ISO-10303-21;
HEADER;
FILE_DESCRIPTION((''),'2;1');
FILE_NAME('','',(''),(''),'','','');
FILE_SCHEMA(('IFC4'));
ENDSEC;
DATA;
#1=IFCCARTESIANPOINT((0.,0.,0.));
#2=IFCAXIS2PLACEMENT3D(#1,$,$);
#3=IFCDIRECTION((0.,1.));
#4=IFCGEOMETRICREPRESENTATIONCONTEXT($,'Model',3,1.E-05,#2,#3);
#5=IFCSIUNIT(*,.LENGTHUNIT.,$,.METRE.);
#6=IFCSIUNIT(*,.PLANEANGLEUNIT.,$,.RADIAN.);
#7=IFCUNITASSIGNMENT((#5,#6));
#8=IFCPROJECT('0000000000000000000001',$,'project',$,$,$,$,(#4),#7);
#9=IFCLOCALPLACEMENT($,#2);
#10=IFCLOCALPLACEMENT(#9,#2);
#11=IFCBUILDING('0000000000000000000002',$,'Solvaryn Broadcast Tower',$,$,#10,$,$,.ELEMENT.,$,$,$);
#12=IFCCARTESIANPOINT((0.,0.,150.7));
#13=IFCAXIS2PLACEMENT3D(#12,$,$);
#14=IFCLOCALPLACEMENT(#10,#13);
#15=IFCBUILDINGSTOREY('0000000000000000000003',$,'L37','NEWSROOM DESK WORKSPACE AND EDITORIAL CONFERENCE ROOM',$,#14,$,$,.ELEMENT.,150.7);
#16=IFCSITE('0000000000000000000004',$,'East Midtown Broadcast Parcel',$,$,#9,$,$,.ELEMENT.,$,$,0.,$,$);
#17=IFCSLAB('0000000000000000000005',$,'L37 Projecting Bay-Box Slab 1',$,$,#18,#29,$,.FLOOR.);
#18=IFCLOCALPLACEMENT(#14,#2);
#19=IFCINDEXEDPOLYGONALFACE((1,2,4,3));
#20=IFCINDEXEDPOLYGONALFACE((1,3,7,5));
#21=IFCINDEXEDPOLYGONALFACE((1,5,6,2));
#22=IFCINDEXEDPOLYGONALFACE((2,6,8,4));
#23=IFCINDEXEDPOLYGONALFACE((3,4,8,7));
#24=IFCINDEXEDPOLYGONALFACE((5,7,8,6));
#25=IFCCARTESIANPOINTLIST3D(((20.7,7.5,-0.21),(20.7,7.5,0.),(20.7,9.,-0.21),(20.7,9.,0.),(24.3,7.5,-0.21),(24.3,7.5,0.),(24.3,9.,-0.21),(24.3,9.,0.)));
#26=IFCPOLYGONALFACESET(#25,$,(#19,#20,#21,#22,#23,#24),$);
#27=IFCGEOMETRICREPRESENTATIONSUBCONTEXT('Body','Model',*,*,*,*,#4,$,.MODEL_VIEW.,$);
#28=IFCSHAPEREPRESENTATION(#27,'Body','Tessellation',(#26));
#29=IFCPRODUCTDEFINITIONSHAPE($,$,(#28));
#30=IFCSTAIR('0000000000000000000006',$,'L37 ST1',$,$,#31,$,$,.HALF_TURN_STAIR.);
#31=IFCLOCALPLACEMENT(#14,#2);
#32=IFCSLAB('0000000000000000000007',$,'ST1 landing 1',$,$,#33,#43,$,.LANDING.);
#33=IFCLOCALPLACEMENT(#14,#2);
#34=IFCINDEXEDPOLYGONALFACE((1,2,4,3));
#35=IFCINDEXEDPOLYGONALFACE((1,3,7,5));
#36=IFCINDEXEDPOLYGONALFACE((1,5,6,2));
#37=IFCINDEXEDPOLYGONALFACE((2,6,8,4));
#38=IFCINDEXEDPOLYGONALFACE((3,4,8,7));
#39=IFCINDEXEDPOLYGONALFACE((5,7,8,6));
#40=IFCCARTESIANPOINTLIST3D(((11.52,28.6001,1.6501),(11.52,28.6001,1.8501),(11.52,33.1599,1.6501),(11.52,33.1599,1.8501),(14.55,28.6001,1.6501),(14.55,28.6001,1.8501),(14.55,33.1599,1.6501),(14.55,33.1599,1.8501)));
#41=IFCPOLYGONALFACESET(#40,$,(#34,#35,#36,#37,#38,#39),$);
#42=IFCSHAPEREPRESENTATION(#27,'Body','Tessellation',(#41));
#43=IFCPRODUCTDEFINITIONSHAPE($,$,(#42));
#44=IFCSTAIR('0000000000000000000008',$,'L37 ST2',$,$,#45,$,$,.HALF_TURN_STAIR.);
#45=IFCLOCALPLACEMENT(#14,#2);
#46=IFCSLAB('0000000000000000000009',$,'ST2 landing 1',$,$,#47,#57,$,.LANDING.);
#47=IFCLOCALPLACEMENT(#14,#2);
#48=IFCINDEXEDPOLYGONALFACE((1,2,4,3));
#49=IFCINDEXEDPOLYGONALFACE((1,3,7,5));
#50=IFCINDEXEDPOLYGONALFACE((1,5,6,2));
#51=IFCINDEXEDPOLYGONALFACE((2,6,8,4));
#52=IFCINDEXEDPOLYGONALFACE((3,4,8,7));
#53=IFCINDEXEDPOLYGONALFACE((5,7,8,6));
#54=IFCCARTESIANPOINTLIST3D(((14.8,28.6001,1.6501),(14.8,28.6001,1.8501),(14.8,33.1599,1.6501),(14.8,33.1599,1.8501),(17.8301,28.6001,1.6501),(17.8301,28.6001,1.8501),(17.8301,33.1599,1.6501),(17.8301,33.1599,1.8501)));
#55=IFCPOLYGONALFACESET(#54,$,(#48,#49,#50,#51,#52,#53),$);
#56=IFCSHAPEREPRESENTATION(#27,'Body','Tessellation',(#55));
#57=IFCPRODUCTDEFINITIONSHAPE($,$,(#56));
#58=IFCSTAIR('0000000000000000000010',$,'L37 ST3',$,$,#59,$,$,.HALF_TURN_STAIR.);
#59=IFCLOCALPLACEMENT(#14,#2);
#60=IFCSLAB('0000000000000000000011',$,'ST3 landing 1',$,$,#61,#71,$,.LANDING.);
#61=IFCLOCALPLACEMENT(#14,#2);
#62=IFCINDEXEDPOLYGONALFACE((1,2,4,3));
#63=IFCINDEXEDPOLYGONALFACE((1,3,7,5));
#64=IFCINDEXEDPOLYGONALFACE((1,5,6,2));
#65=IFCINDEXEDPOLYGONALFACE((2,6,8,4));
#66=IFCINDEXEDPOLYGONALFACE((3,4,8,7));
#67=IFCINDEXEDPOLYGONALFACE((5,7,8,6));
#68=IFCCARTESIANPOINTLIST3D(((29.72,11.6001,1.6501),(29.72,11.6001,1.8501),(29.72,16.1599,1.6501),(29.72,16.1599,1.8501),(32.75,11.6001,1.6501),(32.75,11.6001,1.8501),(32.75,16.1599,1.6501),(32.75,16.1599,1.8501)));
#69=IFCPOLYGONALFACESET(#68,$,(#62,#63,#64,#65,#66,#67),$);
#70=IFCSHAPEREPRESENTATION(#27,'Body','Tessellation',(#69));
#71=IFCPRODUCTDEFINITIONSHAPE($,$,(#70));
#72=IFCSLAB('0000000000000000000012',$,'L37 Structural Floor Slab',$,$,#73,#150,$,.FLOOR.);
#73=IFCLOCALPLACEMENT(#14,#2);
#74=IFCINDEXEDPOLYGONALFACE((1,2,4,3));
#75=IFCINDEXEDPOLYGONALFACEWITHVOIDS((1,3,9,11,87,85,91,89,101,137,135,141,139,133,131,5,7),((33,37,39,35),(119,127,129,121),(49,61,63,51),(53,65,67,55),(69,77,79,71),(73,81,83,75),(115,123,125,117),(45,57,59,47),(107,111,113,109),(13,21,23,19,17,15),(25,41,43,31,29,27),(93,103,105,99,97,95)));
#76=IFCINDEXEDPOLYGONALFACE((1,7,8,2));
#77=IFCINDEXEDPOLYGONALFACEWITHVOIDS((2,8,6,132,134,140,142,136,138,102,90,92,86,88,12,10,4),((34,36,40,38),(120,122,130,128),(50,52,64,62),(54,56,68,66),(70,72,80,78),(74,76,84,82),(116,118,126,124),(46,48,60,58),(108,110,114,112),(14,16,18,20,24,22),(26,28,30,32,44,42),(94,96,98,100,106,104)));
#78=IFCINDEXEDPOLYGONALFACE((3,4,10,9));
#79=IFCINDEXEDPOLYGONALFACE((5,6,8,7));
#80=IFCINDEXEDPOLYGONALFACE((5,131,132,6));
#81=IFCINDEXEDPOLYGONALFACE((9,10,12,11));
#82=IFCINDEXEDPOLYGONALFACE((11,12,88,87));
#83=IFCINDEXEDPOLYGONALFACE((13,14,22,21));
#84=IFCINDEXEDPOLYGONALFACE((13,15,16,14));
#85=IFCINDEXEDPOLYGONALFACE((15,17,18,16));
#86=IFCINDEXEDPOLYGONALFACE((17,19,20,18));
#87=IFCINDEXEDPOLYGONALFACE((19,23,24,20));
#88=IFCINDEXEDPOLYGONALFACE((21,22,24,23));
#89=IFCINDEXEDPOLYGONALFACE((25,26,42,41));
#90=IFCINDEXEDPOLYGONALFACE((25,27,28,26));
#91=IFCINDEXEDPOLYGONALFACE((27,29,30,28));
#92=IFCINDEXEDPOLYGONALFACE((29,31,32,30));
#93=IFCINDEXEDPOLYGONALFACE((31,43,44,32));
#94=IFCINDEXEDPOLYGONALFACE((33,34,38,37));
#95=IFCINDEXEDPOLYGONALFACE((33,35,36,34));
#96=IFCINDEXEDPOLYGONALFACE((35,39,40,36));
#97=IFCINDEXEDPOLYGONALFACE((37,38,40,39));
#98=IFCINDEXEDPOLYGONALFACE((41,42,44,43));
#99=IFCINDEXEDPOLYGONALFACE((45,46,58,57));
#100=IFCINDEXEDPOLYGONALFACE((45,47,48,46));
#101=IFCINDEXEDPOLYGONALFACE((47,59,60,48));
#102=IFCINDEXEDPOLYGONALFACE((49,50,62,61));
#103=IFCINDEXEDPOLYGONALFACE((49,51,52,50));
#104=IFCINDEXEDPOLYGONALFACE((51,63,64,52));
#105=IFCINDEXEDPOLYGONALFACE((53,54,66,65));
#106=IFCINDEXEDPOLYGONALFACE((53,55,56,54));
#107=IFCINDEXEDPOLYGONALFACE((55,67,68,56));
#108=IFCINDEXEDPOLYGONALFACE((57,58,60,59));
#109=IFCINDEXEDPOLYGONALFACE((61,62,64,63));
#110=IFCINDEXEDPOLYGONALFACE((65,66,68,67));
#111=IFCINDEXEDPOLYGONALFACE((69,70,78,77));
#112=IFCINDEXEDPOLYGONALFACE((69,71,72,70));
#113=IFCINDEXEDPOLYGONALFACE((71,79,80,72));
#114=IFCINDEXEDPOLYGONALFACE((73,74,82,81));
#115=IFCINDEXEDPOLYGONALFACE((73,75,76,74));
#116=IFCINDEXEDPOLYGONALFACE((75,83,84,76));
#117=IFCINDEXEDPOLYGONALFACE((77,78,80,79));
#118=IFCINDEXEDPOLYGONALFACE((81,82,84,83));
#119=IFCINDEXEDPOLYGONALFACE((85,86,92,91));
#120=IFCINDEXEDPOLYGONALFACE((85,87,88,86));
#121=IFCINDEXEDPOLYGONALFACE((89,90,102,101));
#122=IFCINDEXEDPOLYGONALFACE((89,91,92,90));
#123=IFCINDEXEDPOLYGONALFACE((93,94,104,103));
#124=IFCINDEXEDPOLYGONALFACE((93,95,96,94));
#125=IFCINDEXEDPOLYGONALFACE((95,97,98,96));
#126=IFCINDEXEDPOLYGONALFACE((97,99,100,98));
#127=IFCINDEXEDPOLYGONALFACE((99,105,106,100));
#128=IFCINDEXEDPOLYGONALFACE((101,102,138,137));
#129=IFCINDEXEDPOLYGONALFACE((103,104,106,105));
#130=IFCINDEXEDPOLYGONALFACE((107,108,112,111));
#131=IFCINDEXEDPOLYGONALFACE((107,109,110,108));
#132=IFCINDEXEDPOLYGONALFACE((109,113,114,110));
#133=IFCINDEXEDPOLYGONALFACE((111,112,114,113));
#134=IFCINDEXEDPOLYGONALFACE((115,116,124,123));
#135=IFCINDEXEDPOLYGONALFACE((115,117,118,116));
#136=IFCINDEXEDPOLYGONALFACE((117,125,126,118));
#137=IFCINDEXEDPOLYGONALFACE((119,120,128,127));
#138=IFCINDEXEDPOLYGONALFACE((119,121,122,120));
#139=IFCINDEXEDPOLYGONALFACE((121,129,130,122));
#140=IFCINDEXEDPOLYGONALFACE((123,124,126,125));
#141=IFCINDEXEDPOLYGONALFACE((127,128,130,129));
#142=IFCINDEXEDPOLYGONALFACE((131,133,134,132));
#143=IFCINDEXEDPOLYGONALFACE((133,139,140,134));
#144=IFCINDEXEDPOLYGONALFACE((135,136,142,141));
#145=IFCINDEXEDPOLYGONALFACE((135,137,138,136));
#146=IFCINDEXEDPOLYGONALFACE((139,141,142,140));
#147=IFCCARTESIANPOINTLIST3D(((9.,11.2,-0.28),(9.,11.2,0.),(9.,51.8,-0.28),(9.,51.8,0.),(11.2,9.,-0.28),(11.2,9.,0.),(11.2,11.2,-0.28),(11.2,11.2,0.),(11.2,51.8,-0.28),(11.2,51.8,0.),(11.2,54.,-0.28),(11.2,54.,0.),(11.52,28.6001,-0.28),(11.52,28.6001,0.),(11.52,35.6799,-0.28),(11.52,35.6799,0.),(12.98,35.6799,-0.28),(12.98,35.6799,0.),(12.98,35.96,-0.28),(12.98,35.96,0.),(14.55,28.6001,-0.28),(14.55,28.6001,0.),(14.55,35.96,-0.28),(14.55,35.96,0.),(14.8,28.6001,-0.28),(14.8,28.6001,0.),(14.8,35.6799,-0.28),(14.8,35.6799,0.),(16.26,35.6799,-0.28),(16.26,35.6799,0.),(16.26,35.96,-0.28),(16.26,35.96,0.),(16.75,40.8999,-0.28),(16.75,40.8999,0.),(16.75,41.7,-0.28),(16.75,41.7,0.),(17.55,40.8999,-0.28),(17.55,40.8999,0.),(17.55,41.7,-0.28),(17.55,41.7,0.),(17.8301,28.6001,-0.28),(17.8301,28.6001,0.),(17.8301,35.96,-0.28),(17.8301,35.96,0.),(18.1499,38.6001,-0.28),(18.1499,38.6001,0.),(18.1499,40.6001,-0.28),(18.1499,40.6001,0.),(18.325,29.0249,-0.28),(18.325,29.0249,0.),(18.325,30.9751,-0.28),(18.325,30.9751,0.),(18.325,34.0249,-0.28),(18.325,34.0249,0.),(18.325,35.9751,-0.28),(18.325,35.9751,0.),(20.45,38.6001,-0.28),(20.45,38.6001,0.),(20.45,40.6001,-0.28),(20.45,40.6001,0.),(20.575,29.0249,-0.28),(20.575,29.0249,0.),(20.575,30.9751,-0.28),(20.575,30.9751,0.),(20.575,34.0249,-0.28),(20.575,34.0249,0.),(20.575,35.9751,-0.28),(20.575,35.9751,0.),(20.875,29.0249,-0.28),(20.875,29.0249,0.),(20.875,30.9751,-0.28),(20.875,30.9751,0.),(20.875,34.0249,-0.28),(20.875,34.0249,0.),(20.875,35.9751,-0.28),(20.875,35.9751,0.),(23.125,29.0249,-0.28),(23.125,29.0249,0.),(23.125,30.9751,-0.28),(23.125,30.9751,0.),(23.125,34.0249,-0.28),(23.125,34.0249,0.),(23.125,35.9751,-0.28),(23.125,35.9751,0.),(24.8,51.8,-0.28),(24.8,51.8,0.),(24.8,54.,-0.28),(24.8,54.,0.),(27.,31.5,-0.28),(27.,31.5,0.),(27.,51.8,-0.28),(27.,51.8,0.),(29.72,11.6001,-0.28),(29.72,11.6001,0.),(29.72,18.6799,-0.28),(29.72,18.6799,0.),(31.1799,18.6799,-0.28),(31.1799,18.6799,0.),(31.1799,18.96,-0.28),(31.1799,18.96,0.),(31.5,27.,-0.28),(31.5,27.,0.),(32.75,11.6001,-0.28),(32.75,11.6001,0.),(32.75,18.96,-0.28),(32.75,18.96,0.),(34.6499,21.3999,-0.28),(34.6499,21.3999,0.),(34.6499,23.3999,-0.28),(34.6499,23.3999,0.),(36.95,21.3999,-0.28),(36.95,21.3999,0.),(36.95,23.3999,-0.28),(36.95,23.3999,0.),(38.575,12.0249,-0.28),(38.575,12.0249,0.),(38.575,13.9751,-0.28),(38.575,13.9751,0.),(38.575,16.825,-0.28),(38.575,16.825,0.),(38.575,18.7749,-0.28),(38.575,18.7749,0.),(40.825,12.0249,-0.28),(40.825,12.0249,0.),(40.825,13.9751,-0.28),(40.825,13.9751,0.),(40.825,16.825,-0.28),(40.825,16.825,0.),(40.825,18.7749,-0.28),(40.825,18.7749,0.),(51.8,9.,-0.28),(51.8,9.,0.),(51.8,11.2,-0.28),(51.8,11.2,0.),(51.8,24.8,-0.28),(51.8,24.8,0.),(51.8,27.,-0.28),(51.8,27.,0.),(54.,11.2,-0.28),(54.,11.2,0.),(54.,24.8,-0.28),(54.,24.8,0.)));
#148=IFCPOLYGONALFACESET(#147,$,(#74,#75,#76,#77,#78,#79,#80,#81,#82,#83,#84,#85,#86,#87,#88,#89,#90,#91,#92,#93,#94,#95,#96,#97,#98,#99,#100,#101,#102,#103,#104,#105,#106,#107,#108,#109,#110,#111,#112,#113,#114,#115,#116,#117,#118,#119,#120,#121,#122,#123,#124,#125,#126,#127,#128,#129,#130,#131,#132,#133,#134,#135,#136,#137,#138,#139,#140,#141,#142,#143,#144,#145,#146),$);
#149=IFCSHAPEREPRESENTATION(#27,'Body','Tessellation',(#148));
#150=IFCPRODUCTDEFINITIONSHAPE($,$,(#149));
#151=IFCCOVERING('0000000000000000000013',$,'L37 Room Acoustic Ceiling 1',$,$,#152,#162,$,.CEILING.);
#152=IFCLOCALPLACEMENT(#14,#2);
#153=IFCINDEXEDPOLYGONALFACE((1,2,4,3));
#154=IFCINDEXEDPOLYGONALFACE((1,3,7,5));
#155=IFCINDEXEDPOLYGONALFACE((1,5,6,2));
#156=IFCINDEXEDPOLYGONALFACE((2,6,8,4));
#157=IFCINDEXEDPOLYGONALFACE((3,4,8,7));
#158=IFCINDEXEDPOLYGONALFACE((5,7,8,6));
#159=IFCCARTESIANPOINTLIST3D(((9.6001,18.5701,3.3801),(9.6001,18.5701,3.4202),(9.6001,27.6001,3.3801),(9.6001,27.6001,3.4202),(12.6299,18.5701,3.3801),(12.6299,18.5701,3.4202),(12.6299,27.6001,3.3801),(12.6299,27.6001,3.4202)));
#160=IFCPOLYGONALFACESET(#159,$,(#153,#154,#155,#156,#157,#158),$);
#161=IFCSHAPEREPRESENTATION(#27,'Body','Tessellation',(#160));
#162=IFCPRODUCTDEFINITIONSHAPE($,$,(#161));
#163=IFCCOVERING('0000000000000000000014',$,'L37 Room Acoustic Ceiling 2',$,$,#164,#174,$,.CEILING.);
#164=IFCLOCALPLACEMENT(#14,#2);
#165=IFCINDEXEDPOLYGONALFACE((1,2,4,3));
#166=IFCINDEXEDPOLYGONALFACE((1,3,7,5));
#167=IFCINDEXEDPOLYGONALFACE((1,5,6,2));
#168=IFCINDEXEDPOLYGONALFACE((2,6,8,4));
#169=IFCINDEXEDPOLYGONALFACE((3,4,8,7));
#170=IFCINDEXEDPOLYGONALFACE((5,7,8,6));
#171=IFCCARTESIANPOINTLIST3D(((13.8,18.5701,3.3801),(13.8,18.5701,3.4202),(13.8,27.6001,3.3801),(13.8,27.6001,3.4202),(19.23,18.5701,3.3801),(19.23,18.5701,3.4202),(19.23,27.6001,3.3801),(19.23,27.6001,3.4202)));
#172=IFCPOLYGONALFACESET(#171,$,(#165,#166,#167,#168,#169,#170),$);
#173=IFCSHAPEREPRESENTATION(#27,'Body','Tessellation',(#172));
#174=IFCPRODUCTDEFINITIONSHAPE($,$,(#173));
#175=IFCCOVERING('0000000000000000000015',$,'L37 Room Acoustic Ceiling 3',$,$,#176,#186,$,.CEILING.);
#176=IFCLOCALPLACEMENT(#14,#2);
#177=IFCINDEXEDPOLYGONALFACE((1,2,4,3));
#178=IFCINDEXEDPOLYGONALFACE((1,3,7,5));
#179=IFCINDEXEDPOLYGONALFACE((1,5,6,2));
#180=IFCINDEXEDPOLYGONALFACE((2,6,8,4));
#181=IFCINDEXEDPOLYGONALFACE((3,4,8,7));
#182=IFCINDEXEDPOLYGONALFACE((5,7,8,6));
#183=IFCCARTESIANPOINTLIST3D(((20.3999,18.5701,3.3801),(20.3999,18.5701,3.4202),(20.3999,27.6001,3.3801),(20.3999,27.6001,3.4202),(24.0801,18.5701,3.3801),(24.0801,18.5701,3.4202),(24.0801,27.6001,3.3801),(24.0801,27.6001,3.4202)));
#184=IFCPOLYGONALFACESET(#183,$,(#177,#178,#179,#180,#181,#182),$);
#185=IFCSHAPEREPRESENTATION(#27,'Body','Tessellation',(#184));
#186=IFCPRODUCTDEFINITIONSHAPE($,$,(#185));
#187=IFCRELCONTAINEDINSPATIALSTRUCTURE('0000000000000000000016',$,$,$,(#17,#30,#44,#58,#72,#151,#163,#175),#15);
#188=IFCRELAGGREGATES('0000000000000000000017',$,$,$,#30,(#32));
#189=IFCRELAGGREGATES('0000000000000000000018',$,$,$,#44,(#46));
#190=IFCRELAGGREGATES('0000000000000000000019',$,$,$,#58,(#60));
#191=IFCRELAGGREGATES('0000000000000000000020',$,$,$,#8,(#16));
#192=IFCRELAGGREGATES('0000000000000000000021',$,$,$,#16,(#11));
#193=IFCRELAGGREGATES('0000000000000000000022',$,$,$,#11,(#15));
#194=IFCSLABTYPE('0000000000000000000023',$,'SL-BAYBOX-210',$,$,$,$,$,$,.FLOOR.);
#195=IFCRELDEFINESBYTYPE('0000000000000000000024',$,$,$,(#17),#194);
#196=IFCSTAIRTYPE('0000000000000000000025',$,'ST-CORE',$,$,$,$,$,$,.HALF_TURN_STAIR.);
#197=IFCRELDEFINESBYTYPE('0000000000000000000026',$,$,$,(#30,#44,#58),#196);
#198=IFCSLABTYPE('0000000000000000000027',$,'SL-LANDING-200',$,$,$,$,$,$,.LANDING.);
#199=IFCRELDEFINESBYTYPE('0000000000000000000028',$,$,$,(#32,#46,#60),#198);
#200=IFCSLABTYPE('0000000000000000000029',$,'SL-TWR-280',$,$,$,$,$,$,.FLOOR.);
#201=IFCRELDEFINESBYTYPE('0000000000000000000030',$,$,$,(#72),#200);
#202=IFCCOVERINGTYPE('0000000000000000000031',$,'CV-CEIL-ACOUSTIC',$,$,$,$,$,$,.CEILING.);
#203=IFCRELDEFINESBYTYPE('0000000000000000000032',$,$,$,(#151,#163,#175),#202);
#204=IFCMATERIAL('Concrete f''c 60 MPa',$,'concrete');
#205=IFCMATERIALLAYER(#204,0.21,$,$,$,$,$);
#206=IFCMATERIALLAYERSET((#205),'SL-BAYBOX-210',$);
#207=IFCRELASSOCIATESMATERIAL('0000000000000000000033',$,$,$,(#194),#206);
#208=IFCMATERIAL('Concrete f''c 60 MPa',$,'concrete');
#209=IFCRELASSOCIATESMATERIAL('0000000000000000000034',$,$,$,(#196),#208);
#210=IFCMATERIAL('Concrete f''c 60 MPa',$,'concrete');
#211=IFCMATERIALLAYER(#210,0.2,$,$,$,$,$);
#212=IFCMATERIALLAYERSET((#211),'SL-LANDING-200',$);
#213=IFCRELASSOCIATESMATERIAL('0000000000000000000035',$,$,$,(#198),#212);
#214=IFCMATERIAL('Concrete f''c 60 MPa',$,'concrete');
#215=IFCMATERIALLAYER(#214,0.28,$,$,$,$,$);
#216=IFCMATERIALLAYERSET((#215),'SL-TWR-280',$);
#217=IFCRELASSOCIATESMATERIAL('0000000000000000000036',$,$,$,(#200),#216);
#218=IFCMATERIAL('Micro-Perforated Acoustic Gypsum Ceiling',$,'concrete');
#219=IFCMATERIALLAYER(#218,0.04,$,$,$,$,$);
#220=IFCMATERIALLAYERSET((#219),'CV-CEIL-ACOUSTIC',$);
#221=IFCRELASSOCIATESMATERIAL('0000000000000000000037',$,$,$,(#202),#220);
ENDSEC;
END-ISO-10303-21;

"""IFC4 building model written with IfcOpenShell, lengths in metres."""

from ifc_helpers import new_model, si_unit, direction, frame, origin, place, context, subcontext, project, spatial, polyline, outline, extrude, material, layer, layer_set, type_object, element, aggregate, save


model = new_model("IFC4")

# Units and contexts
model_context = context("Model", 3, precision=1e-05, world=origin(), true_north=direction((0.0, 1.0)))
body_context = subcontext(model_context, "Body", "Model", "MODEL_VIEW")
ifc_project = project(units=[si_unit("LENGTHUNIT", "METRE"), si_unit("PLANEANGLEUNIT", "RADIAN")], contexts=[model_context])

# Site, building, storey
site_placement = place(None, origin())
site = spatial("IfcSite", under=ifc_project, at=site_placement, Name="East Midtown Broadcast Parcel", CompositionType="ELEMENT", RefElevation=0.0)
building_placement = place(site_placement, origin())
building = spatial("IfcBuilding", under=site, at=building_placement, Name="Solvaryn Broadcast Tower", CompositionType="ELEMENT")
storey_placement = place(building_placement, frame((0.0, 0.0, 150.7)))
storey = spatial("IfcBuildingStorey", under=building, at=storey_placement, Name="L37", Description="NEWSROOM DESK WORKSPACE AND EDITORIAL CONFERENCE ROOM", CompositionType="ELEMENT", Elevation=150.7)

# Slab
ifc_material_1 = material(Name="Concrete f'c 60 MPa", Category="concrete")
ifc_layer_1 = layer(ifc_material_1, 0.21)
ifc_layer_set_1 = layer_set([ifc_layer_1], Name="SL-BAYBOX-210")
slab_type_1 = type_object("IfcSlabType", Name="SL-BAYBOX-210", PredefinedType="FLOOR", material=ifc_layer_set_1)
slab_1_placement = place(storey_placement, frame((0.0, 0.0, -0.21)))
element("IfcSlab", 1, at=slab_1_placement, inside=storey, type_object=slab_type_1, Name="L37 Projecting Bay-Box Slab 1", PredefinedType="FLOOR", context=body_context, shape_type="SweptSolid", body=[
    extrude(outline(polyline([(20.7, 7.5), (24.3, 7.5), (24.3, 9.0), (20.7, 9.0), (20.7, 7.5)])), origin(), (0.0, 0.0, 1.0), 0.21),
])

# Stairs, slabs
ifc_material_2 = material(Name="Concrete f'c 60 MPa", Category="concrete")
stair_type = type_object("IfcStairType", Name="ST-CORE", PredefinedType="HALF_TURN_STAIR", material=ifc_material_2)
stair_1_placement = place(storey_placement, origin())
stair_1 = element("IfcStair", 2, at=stair_1_placement, inside=storey, type_object=stair_type, Name="L37 ST1", PredefinedType="HALF_TURN_STAIR")
ifc_material_3 = material(Name="Concrete f'c 60 MPa", Category="concrete")
ifc_layer_2 = layer(ifc_material_3, 0.2)
ifc_layer_set_2 = layer_set([ifc_layer_2], Name="SL-LANDING-200")
slab_type_2 = type_object("IfcSlabType", Name="SL-LANDING-200", PredefinedType="LANDING", material=ifc_layer_set_2)
slab_2_placement = place(storey_placement, frame((0.0, 0.0, 1.6501)))
slab_2 = element("IfcSlab", 3, at=slab_2_placement, type_object=slab_type_2, Name="ST1 landing 1", PredefinedType="LANDING", context=body_context, shape_type="SweptSolid", body=[
    extrude(outline(polyline([(11.52, 33.1599), (11.52, 28.6001), (14.55, 28.6001), (14.55, 33.1599), (11.52, 33.1599)])), origin(), (0.0, 0.0, 1.0), 0.2),
])
aggregate(stair_1, [slab_2])
stair_2_placement = place(storey_placement, origin())
stair_2 = element("IfcStair", 4, at=stair_2_placement, inside=storey, type_object=stair_type, Name="L37 ST2", PredefinedType="HALF_TURN_STAIR")
slab_3_placement = place(storey_placement, frame((0.0, 0.0, 1.6501)))
slab_3 = element("IfcSlab", 5, at=slab_3_placement, type_object=slab_type_2, Name="ST2 landing 1", PredefinedType="LANDING", context=body_context, shape_type="SweptSolid", body=[
    extrude(outline(polyline([(14.8, 33.1599), (14.8, 28.6001), (17.8301, 28.6001), (17.8301, 33.1599), (14.8, 33.1599)])), origin(), (0.0, 0.0, 1.0), 0.2),
])
aggregate(stair_2, [slab_3])
stair_3_placement = place(storey_placement, origin())
stair_3 = element("IfcStair", 6, at=stair_3_placement, inside=storey, type_object=stair_type, Name="L37 ST3", PredefinedType="HALF_TURN_STAIR")
slab_4_placement = place(storey_placement, frame((0.0, 0.0, 1.6501)))
slab_4 = element("IfcSlab", 7, at=slab_4_placement, type_object=slab_type_2, Name="ST3 landing 1", PredefinedType="LANDING", context=body_context, shape_type="SweptSolid", body=[
    extrude(outline(polyline([(29.72, 16.1599), (29.72, 11.6001), (32.75, 11.6001), (32.75, 16.1599), (29.72, 16.1599)])), origin(), (0.0, 0.0, 1.0), 0.2),
])
aggregate(stair_3, [slab_4])

# Slab
ifc_material_4 = material(Name="Concrete f'c 60 MPa", Category="concrete")
ifc_layer_3 = layer(ifc_material_4, 0.28)
ifc_layer_set_3 = layer_set([ifc_layer_3], Name="SL-TWR-280")
slab_type_3 = type_object("IfcSlabType", Name="SL-TWR-280", PredefinedType="FLOOR", material=ifc_layer_set_3)
slab_5_placement = place(storey_placement, frame((0.0, 0.0, -0.28)))
element("IfcSlab", 8, at=slab_5_placement, inside=storey, type_object=slab_type_3, Name="L37 Structural Floor Slab", PredefinedType="FLOOR", context=body_context, shape_type="SweptSolid", body=[
    extrude(outline(polyline([(11.2, 9.0), (51.8, 9.0), (51.8, 11.2), (54.0, 11.2), (54.0, 24.8), (51.8, 24.8), (51.8, 27.0), (31.5, 27.0), (27.0, 31.5), (27.0, 51.8), (24.8, 51.8), (24.8, 54.0), (11.2, 54.0), (11.2, 51.8), (9.0, 51.8), (9.0, 11.2), (11.2, 11.2), (11.2, 9.0)]), holes=[polyline([(11.52, 28.6001), (14.55, 28.6001), (14.55, 35.96), (12.98, 35.96), (12.98, 35.6799), (11.52, 35.6799), (11.52, 28.6001)]), polyline([(14.8, 28.6001), (17.8301, 28.6001), (17.8301, 35.96), (16.26, 35.96), (16.26, 35.6799), (14.8, 35.6799), (14.8, 28.6001)]), polyline([(29.72, 11.6001), (32.75, 11.6001), (32.75, 18.96), (31.1799, 18.96), (31.1799, 18.6799), (29.72, 18.6799), (29.72, 11.6001)]), polyline([(18.1499, 38.6001), (20.45, 38.6001), (20.45, 40.6001), (18.1499, 40.6001), (18.1499, 38.6001)]), polyline([(18.325, 29.0249), (20.575, 29.0249), (20.575, 30.9751), (18.325, 30.9751), (18.325, 29.0249)]), polyline([(20.875, 29.0249), (23.125, 29.0249), (23.125, 30.9751), (20.875, 30.9751), (20.875, 29.0249)]), polyline([(18.325, 34.0249), (20.575, 34.0249), (20.575, 35.9751), (18.325, 35.9751), (18.325, 34.0249)]), polyline([(20.875, 34.0249), (23.125, 34.0249), (23.125, 35.9751), (20.875, 35.9751), (20.875, 34.0249)]), polyline([(34.6499, 21.3999), (36.95, 21.3999), (36.95, 23.3999), (34.6499, 23.3999), (34.6499, 21.3999)]), polyline([(38.575, 12.0249), (40.825, 12.0249), (40.825, 13.9751), (38.575, 13.9751), (38.575, 12.0249)]), polyline([(38.575, 16.825), (40.825, 16.825), (40.825, 18.7749), (38.575, 18.7749), (38.575, 16.825)]), polyline([(16.75, 40.8999), (17.55, 40.8999), (17.55, 41.7), (16.75, 41.7), (16.75, 40.8999)])]), origin(), (0.0, 0.0, 1.0), 0.28),
])

# Coverings
ifc_material_5 = material(Name="Micro-Perforated Acoustic Gypsum Ceiling", Category="concrete")
ifc_layer_4 = layer(ifc_material_5, 0.04)
ifc_layer_set_4 = layer_set([ifc_layer_4], Name="CV-CEIL-ACOUSTIC")
covering_type_1 = type_object("IfcCoveringType", Name="CV-CEIL-ACOUSTIC", PredefinedType="CEILING", material=ifc_layer_set_4)
covering_1_placement = place(storey_placement, frame((0.0, 0.0, 3.3801)))
element("IfcCovering", 9, at=covering_1_placement, inside=storey, type_object=covering_type_1, Name="L37 Room Acoustic Ceiling 1", PredefinedType="CEILING", context=body_context, shape_type="SweptSolid", body=[
    extrude(outline(polyline([(9.6001, 18.5701), (12.6299, 18.5701), (12.6299, 27.6001), (9.6001, 27.6001), (9.6001, 18.5701)])), origin(), (0.0, 0.0, 1.0), 0.04),
])
covering_2_placement = place(storey_placement, frame((0.0, 0.0, 3.3801)))
element("IfcCovering", 10, at=covering_2_placement, inside=storey, type_object=covering_type_1, Name="L37 Room Acoustic Ceiling 2", PredefinedType="CEILING", context=body_context, shape_type="SweptSolid", body=[
    extrude(outline(polyline([(13.8, 18.5701), (19.23, 18.5701), (19.23, 27.6001), (13.8, 27.6001), (13.8, 18.5701)])), origin(), (0.0, 0.0, 1.0), 0.04),
])
covering_3_placement = place(storey_placement, frame((0.0, 0.0, 3.3801)))
element("IfcCovering", 11, at=covering_3_placement, inside=storey, type_object=covering_type_1, Name="L37 Room Acoustic Ceiling 3", PredefinedType="CEILING", context=body_context, shape_type="SweptSolid", body=[
    extrude(outline(polyline([(20.3999, 18.5701), (24.0801, 18.5701), (24.0801, 27.6001), (20.3999, 27.6001), (20.3999, 18.5701)])), origin(), (0.0, 0.0, 1.0), 0.04),
])

save(model, "model.ifc")
